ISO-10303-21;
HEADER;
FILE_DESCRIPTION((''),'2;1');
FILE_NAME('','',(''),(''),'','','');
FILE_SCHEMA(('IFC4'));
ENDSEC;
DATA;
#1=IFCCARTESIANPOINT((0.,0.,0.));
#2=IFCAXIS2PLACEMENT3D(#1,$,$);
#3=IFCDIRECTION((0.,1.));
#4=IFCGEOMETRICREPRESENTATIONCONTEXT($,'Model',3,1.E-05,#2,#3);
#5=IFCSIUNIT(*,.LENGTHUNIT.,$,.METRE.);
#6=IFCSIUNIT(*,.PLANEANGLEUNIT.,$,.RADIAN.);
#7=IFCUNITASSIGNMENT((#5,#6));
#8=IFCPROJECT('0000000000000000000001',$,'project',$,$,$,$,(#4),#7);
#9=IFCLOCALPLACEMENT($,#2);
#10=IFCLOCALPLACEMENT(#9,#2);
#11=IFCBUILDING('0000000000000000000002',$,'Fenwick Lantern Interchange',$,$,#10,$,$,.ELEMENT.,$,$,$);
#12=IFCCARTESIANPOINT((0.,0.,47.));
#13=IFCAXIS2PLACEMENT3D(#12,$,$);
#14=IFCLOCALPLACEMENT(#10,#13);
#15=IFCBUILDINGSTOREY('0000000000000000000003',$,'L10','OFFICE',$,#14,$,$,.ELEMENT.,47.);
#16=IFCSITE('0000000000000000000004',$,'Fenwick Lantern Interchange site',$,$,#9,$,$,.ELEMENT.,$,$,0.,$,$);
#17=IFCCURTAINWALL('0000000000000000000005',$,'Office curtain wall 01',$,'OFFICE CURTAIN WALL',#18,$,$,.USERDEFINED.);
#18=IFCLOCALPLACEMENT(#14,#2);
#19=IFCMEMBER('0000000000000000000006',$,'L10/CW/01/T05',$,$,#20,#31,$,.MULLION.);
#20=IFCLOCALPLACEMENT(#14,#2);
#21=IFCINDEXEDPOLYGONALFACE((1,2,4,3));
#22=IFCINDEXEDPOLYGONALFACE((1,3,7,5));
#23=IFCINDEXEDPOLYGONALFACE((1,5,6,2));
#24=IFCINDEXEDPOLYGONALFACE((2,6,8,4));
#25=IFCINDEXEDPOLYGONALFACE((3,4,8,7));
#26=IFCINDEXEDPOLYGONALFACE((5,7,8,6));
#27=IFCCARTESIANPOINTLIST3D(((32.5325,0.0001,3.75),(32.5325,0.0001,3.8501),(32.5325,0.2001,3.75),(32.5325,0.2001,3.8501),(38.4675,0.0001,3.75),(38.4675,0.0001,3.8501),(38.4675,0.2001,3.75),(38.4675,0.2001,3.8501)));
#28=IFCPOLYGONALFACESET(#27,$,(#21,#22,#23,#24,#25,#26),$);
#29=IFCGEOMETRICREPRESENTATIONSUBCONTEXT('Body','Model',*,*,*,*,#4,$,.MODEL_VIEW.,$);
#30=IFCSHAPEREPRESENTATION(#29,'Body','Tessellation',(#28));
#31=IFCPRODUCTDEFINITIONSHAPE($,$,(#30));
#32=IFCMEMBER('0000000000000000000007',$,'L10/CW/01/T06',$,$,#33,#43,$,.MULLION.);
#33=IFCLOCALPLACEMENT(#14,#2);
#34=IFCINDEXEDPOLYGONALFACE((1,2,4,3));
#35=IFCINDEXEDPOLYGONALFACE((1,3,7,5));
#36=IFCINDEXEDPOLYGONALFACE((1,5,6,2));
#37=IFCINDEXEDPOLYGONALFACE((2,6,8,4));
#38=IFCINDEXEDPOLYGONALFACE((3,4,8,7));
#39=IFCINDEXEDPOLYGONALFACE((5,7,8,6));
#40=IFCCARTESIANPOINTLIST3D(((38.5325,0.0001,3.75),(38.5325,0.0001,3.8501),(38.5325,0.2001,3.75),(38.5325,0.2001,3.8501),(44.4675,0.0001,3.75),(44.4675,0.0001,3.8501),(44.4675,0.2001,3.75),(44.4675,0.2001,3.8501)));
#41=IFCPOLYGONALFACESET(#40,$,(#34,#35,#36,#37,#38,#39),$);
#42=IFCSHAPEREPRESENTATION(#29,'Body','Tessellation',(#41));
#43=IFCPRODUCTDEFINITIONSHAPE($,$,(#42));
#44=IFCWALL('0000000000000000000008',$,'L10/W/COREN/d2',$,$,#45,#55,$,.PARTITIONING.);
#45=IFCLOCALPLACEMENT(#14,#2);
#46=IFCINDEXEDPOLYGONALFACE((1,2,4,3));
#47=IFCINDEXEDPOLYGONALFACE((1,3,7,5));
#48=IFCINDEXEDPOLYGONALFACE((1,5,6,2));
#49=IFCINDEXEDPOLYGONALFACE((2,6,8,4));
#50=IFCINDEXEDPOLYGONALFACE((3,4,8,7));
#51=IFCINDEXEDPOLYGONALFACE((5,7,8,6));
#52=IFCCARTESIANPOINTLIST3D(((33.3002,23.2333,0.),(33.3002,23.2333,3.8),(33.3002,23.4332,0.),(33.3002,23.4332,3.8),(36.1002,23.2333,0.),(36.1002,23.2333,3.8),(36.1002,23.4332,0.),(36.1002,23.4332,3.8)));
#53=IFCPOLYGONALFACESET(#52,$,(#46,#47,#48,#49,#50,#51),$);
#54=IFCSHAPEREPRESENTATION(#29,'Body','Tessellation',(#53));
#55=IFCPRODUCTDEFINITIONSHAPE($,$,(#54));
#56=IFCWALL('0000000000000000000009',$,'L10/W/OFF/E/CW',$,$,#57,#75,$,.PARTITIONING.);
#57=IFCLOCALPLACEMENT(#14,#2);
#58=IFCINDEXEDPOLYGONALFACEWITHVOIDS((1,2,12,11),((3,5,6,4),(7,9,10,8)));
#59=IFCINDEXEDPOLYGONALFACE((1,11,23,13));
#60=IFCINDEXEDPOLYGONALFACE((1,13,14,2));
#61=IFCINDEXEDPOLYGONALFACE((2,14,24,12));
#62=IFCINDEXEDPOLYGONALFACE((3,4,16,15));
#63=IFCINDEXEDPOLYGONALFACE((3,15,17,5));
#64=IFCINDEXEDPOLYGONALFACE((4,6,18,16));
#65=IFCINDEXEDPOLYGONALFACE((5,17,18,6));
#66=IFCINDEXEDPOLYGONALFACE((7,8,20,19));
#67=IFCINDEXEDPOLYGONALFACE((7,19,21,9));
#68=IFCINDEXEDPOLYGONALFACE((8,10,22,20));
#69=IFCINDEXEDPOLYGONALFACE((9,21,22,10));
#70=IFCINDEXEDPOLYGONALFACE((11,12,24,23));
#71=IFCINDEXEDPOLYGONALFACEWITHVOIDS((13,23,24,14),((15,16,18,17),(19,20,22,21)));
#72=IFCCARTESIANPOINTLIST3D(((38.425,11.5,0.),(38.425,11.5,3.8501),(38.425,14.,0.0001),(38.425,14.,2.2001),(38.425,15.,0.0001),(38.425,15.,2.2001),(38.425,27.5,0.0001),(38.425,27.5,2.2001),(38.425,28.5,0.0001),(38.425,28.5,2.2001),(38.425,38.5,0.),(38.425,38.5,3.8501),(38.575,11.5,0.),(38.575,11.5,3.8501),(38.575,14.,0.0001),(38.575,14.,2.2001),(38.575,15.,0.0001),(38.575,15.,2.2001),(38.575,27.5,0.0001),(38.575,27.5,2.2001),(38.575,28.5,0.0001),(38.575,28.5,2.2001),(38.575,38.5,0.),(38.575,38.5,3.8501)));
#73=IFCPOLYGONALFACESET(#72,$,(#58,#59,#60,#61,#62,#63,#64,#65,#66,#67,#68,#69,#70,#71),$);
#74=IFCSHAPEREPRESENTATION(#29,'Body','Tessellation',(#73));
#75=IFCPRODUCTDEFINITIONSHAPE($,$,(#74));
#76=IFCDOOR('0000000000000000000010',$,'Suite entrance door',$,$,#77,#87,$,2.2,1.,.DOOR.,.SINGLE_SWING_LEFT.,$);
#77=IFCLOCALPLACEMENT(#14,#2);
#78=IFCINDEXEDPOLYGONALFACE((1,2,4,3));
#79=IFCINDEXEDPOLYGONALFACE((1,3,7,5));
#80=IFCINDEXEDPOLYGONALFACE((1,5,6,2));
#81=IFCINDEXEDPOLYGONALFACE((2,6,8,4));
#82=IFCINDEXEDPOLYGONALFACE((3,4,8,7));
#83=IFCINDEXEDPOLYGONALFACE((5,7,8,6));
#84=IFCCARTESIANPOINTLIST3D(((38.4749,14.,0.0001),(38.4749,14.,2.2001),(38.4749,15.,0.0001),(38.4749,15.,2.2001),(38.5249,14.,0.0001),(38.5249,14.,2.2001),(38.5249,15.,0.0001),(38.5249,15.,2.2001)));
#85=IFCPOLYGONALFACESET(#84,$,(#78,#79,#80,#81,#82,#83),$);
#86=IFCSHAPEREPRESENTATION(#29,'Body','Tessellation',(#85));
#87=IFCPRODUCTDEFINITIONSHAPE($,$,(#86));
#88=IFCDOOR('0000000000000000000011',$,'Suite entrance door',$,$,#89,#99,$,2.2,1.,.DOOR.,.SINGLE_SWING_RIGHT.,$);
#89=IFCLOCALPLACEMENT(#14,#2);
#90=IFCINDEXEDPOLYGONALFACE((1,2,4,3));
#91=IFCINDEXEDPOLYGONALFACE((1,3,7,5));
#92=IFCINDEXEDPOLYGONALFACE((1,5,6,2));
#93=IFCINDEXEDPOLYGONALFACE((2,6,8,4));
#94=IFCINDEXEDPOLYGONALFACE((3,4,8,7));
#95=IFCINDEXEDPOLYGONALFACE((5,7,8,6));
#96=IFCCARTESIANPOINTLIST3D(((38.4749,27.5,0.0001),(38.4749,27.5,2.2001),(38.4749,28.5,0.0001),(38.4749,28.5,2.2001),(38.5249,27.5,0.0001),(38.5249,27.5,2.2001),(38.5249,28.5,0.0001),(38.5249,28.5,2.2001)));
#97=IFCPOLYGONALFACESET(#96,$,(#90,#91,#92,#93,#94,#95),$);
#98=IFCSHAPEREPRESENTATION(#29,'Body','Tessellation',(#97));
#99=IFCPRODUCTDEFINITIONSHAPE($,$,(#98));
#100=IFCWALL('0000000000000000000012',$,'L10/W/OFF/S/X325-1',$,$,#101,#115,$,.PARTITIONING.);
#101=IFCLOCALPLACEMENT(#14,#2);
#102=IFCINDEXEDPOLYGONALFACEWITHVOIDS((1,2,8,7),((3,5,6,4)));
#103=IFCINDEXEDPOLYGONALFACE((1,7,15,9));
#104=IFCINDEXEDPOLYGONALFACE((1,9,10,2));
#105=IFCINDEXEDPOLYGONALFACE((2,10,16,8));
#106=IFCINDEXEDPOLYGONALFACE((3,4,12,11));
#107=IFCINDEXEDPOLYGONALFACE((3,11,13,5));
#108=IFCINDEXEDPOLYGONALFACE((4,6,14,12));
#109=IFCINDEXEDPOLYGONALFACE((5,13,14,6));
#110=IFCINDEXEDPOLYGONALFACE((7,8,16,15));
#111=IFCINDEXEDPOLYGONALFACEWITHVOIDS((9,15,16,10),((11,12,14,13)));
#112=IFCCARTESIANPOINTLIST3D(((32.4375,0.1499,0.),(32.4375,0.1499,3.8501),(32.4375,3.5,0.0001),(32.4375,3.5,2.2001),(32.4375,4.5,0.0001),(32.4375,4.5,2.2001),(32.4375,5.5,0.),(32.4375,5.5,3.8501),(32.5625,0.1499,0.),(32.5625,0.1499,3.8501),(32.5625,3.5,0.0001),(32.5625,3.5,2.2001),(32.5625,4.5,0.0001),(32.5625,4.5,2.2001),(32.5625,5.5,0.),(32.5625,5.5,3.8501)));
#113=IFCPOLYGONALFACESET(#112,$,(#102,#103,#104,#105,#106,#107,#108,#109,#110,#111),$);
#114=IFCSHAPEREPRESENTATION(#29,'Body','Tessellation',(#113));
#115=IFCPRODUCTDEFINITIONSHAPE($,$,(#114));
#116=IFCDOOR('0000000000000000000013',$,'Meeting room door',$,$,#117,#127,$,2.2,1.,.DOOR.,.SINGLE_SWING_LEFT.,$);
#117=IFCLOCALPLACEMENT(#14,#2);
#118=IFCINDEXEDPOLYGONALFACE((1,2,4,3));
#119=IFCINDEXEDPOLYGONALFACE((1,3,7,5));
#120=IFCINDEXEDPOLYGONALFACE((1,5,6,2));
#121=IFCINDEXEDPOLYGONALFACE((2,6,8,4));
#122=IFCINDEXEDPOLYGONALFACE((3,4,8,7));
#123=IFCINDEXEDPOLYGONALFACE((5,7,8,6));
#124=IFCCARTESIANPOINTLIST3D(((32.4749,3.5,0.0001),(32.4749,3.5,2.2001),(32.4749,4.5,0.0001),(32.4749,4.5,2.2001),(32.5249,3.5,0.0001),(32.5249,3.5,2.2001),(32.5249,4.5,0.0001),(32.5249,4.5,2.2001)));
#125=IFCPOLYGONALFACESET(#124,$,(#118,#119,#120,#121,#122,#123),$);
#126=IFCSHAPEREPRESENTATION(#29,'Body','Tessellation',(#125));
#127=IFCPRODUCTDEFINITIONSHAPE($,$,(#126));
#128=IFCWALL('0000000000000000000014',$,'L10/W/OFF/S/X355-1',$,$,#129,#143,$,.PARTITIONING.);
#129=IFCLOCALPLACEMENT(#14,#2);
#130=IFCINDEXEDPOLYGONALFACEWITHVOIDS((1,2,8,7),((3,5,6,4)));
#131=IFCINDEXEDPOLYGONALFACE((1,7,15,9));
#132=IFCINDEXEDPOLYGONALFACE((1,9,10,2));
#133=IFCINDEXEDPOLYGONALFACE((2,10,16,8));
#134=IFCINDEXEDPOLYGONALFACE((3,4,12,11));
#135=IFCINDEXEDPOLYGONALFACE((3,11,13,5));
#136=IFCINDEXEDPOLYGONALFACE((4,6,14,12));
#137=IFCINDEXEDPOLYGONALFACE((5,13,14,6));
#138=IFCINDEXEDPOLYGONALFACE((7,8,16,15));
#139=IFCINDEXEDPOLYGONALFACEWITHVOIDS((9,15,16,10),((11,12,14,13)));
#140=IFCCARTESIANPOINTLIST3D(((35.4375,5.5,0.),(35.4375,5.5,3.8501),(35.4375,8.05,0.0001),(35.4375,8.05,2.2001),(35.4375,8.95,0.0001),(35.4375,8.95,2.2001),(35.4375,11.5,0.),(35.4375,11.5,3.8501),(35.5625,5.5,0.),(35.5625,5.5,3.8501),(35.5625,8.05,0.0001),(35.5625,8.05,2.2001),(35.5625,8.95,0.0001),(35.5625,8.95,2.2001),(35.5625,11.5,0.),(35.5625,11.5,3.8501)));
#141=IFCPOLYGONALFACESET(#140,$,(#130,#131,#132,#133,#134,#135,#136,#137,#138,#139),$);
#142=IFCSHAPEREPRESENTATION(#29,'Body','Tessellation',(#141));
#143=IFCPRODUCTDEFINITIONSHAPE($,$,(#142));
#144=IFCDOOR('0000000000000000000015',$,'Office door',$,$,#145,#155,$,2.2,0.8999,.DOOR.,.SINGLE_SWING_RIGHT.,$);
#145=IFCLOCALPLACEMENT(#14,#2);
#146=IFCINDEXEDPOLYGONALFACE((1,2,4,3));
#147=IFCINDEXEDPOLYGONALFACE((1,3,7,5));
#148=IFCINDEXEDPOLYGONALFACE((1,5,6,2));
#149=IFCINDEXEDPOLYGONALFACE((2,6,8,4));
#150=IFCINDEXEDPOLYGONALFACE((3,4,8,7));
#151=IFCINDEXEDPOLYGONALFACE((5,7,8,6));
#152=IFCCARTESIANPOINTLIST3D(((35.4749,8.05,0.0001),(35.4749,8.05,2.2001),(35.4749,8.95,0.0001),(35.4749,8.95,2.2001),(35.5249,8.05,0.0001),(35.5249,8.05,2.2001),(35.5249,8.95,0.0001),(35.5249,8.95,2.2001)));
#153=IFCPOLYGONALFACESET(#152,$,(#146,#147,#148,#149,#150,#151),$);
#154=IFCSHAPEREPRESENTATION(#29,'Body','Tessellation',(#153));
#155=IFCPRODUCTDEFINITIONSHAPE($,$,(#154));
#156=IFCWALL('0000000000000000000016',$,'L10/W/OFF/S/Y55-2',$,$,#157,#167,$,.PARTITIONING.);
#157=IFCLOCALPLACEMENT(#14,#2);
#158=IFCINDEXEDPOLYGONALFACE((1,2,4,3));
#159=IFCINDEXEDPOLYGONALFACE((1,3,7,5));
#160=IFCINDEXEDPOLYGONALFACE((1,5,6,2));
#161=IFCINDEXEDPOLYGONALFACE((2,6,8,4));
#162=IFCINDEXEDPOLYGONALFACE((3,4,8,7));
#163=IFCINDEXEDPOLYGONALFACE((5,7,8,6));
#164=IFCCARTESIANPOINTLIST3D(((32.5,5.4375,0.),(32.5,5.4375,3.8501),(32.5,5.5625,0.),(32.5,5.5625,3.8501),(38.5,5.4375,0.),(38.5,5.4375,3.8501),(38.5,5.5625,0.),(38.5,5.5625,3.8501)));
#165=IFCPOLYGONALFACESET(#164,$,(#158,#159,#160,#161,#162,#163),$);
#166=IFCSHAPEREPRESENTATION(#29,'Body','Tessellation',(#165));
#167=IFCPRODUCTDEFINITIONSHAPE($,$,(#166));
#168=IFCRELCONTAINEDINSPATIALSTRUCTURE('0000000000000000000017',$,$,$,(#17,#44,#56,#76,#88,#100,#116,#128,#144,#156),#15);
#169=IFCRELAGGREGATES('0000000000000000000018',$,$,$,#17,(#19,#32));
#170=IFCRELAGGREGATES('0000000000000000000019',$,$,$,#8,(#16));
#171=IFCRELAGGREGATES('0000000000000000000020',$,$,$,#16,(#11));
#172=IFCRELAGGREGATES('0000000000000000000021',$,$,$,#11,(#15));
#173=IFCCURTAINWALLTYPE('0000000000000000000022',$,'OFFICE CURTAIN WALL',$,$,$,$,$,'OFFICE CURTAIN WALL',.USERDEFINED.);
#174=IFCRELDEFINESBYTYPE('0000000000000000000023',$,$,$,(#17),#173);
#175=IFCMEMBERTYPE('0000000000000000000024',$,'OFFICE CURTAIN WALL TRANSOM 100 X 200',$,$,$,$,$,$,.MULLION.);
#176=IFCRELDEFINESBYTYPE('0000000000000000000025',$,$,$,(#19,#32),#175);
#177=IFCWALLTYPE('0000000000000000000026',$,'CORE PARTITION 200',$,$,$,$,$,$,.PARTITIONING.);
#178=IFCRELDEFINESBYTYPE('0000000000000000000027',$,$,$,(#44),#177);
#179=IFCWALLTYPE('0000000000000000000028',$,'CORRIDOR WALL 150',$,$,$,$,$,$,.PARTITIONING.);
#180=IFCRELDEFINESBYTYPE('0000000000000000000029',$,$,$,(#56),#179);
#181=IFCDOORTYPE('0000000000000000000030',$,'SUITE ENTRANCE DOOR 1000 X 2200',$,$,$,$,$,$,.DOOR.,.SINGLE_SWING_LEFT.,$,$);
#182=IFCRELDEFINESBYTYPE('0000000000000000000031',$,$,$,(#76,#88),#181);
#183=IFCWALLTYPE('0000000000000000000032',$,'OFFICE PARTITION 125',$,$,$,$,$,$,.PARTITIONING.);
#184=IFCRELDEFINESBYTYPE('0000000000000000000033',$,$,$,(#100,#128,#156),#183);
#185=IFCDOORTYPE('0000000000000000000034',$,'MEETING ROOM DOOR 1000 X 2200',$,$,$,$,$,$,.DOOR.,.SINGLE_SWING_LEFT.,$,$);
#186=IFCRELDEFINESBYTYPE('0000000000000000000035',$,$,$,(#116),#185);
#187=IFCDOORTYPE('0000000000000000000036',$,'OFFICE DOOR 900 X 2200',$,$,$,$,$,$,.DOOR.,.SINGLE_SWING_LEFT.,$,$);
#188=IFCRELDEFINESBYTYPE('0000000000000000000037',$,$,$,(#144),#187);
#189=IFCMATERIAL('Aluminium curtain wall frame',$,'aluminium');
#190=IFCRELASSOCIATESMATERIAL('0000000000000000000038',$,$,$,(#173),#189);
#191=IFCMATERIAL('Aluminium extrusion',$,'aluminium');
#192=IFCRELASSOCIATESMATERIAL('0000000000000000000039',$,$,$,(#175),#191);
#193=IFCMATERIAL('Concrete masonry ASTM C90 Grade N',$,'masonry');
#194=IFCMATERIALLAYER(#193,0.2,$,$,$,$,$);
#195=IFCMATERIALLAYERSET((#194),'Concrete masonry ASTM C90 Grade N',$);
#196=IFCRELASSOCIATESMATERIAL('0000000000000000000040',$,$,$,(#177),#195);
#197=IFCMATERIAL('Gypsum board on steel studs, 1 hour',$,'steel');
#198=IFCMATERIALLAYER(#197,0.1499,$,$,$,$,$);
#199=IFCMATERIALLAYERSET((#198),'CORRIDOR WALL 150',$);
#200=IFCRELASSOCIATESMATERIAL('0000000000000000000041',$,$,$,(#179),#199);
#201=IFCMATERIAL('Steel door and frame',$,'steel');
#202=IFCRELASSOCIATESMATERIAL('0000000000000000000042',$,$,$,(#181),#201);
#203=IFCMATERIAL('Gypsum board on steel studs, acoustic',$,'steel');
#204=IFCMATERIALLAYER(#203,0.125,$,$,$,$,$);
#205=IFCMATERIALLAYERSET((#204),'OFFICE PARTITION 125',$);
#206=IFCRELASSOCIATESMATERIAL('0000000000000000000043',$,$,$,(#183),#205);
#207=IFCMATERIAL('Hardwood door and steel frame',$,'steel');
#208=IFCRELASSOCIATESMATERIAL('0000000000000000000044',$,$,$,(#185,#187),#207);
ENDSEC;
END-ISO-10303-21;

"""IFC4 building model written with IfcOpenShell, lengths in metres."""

from ifc_helpers import new_model, si_unit, direction, frame, frame_2d, origin, origin_2d, place, context, subcontext, project, spatial, rectangle, extrude, material, layer, layer_set, material_profile, profile_set, type_object, element, fill, aggregate, save


model = new_model("IFC4")

# Units and contexts
model_context = context("Model", 3, precision=1e-05, world=origin(), true_north=direction((0.0, 1.0)))
body_context = subcontext(model_context, "Body", "Model", "MODEL_VIEW")
ifc_project = project(units=[si_unit("LENGTHUNIT", "METRE"), si_unit("PLANEANGLEUNIT", "RADIAN")], contexts=[model_context])

# Site, building, storey
site_placement = place(None, origin())
site = spatial("IfcSite", under=ifc_project, at=site_placement, Name="Fenwick Lantern Interchange site", CompositionType="ELEMENT", RefElevation=0.0)
building_placement = place(site_placement, origin())
building = spatial("IfcBuilding", under=site, at=building_placement, Name="Fenwick Lantern Interchange", CompositionType="ELEMENT")
storey_placement = place(building_placement, frame((0.0, 0.0, 47.0)))
storey = spatial("IfcBuildingStorey", under=building, at=storey_placement, Name="L10", Description="OFFICE", CompositionType="ELEMENT", Elevation=47.0)

# Curtain wall, members
ifc_material_1 = material(Name="Aluminium curtain wall frame", Category="aluminium")
curtain_wall_type = type_object("IfcCurtainWallType", Name="OFFICE CURTAIN WALL", ElementType="OFFICE CURTAIN WALL", PredefinedType="USERDEFINED", material=ifc_material_1)
curtain_wall_placement = place(storey_placement, origin())
curtain_wall = element("IfcCurtainWall", 1, at=curtain_wall_placement, inside=storey, type_object=curtain_wall_type, Name="Office curtain wall 01", ObjectType="OFFICE CURTAIN WALL", PredefinedType="USERDEFINED")
ifc_material_2 = material(Name="Aluminium extrusion", Category="aluminium")
ifc_material_profile_1 = material_profile(ifc_material_2, rectangle(XDim=0.2, YDim=0.1001, at=origin_2d()), Name="OFFICE CURTAIN WALL TRANSOM 100 X 200")
ifc_profile_set_1 = profile_set([ifc_material_profile_1], Name="Aluminium extrusion")
member_type_1 = type_object("IfcMemberType", Name="OFFICE CURTAIN WALL TRANSOM 100 X 200", PredefinedType="MULLION", material=ifc_profile_set_1)
member_1_placement = place(storey_placement, frame((32.5325, 0.1001, 3.8), z_axis=(1.0, 0.0, 0.0), x_axis=(0.0, 1.0, 0.0)))
member_1 = element("IfcMember", 2, at=member_1_placement, type_object=member_type_1, Name="L10/CW/01/T05", PredefinedType="MULLION", context=body_context, shape_type="SweptSolid", body=[
    extrude(rectangle(XDim=0.2, YDim=0.1001, at=origin_2d()), origin(), (0.0, 0.0, 1.0), 5.9351),
])
member_2_placement = place(storey_placement, frame((38.5325, 0.1001, 3.8), z_axis=(1.0, 0.0, 0.0), x_axis=(0.0, 1.0, 0.0)))
member_2 = element("IfcMember", 3, at=member_2_placement, type_object=member_type_1, Name="L10/CW/01/T06", PredefinedType="MULLION", context=body_context, shape_type="SweptSolid", body=[
    extrude(rectangle(XDim=0.2, YDim=0.1001, at=origin_2d()), origin(), (0.0, 0.0, 1.0), 5.9351),
])
aggregate(curtain_wall, [member_1, member_2])

# Wall
ifc_material_3 = material(Name="Concrete masonry ASTM C90 Grade N", Category="masonry")
ifc_layer_1 = layer(ifc_material_3, 0.2)
ifc_layer_set_1 = layer_set([ifc_layer_1], Name="Concrete masonry ASTM C90 Grade N")
wall_type_1 = type_object("IfcWallType", Name="CORE PARTITION 200", PredefinedType="PARTITIONING", material=ifc_layer_set_1)
wall_1_placement = place(storey_placement, frame((36.1001, 23.3333, 0.0), z_axis=(0.0, 0.0, 1.0), x_axis=(-1.0, 0.0, 0.0)))
element("IfcWall", 4, at=wall_1_placement, inside=storey, type_object=wall_type_1, Name="L10/W/COREN/d2", PredefinedType="PARTITIONING", context=body_context, shape_type="SweptSolid", body=[
    extrude(rectangle(XDim=2.8, YDim=0.2, at=frame_2d((1.3999, 0.0))), origin(), (0.0, 0.0, 1.0), 3.8),
])

# Wall, openings, doors
ifc_material_4 = material(Name="Steel door and frame", Category="steel")
ifc_material_5 = material(Name="Hardwood door and steel frame", Category="steel")
ifc_material_6 = material(Name="Gypsum board on steel studs, 1 hour", Category="steel")
ifc_layer_2 = layer(ifc_material_6, 0.1499)
ifc_layer_set_2 = layer_set([ifc_layer_2], Name="CORRIDOR WALL 150")
wall_type_2 = type_object("IfcWallType", Name="CORRIDOR WALL 150", PredefinedType="PARTITIONING", material=ifc_layer_set_2)
wall_2_placement = place(storey_placement, frame((38.5, 11.5, 0.0), z_axis=(0.0, 0.0, 1.0), x_axis=(0.0, 1.0, 0.0)))
wall_2 = element("IfcWall", 5, at=wall_2_placement, inside=storey, type_object=wall_type_2, Name="L10/W/OFF/E/CW", PredefinedType="PARTITIONING", context=body_context, shape_type="SweptSolid", body=[
    extrude(rectangle(XDim=27.0, YDim=0.1499, at=frame_2d((13.5, 0.0))), origin(), (0.0, 0.0, 1.0), 3.8501),
])
opening_1_placement = place(wall_2_placement, frame((2.5, 0.0, 0.0)))
opening_1 = element("IfcOpeningElement", 6, at=opening_1_placement, cuts=wall_2, PredefinedType="OPENING", context=body_context, shape_type="SweptSolid", body=[
    extrude(rectangle(XDim=1.0, YDim=2.2, at=frame_2d((0.5, 1.1001))), frame((0.0, 0.085, 0.0), z_axis=(0.0, -1.0, 0.0), x_axis=(1.0, 0.0, 0.0)), (0.0, 0.0, 1.0), 0.1699),
])
opening_2_placement = place(wall_2_placement, frame((16.0, 0.0, 0.0)))
opening_2 = element("IfcOpeningElement", 7, at=opening_2_placement, cuts=wall_2, PredefinedType="OPENING", context=body_context, shape_type="SweptSolid", body=[
    extrude(rectangle(XDim=1.0, YDim=2.2, at=frame_2d((0.5, 1.1001))), frame((0.0, 0.085, 0.0), z_axis=(0.0, -1.0, 0.0), x_axis=(1.0, 0.0, 0.0)), (0.0, 0.0, 1.0), 0.1699),
])
door_type_1 = type_object("IfcDoorType", Name="SUITE ENTRANCE DOOR 1000 X 2200", OperationType="SINGLE_SWING_LEFT", PredefinedType="DOOR", material=ifc_material_4)
door_1_placement = place(opening_1_placement, frame((1.0, 0.0, 0.0), z_axis=(0.0, 0.0, 1.0), x_axis=(-1.0, 0.0, 0.0)))
door_1 = element("IfcDoor", 8, at=door_1_placement, inside=storey, type_object=door_type_1, Name="Suite entrance door", OperationType="SINGLE_SWING_LEFT", OverallHeight=2.2, OverallWidth=1.0, PredefinedType="DOOR", context=body_context, shape_type="SweptSolid", body=[
    extrude(rectangle(XDim=1.0, YDim=2.2, at=frame_2d((0.5, 1.1001))), frame((0.0, 0.0249, 0.0), z_axis=(0.0, -1.0, 0.0), x_axis=(1.0, 0.0, 0.0)), (0.0, 0.0, 1.0), 0.05),
])
fill(opening_1, door_1)
door_2_placement = place(opening_2_placement, frame((1.0, 0.0, 0.0), z_axis=(0.0, 0.0, 1.0), x_axis=(-1.0, 0.0, 0.0)))
door_2 = element("IfcDoor", 9, at=door_2_placement, inside=storey, type_object=door_type_1, Name="Suite entrance door", OperationType="SINGLE_SWING_RIGHT", OverallHeight=2.2, OverallWidth=1.0, PredefinedType="DOOR", context=body_context, shape_type="SweptSolid", body=[
    extrude(rectangle(XDim=1.0, YDim=2.2, at=frame_2d((0.5, 1.1001))), frame((0.0, 0.0249, 0.0), z_axis=(0.0, -1.0, 0.0), x_axis=(1.0, 0.0, 0.0)), (0.0, 0.0, 1.0), 0.05),
])
fill(opening_2, door_2)

# Walls, openings, doors
ifc_material_7 = material(Name="Gypsum board on steel studs, acoustic", Category="steel")
ifc_layer_3 = layer(ifc_material_7, 0.125)
ifc_layer_set_3 = layer_set([ifc_layer_3], Name="OFFICE PARTITION 125")
wall_type_3 = type_object("IfcWallType", Name="OFFICE PARTITION 125", PredefinedType="PARTITIONING", material=ifc_layer_set_3)
wall_3_placement = place(storey_placement, frame((32.5, 0.1499, 0.0), z_axis=(0.0, 0.0, 1.0), x_axis=(0.0, 1.0, 0.0)))
wall_3 = element("IfcWall", 10, at=wall_3_placement, inside=storey, type_object=wall_type_3, Name="L10/W/OFF/S/X325-1", PredefinedType="PARTITIONING", context=body_context, shape_type="SweptSolid", body=[
    extrude(rectangle(XDim=5.3501, YDim=0.125, at=frame_2d((2.675, 0.0))), origin(), (0.0, 0.0, 1.0), 3.8501),
])
opening_3_placement = place(wall_3_placement, frame((3.3501, 0.0, 0.0)))
opening_3 = element("IfcOpeningElement", 11, at=opening_3_placement, cuts=wall_3, PredefinedType="OPENING", context=body_context, shape_type="SweptSolid", body=[
    extrude(rectangle(XDim=1.0, YDim=2.2, at=frame_2d((0.5, 1.1001))), frame((0.0, 0.0725, 0.0), z_axis=(0.0, -1.0, 0.0), x_axis=(1.0, 0.0, 0.0)), (0.0, 0.0, 1.0), 0.145),
])
door_type_2 = type_object("IfcDoorType", Name="MEETING ROOM DOOR 1000 X 2200", OperationType="SINGLE_SWING_LEFT", PredefinedType="DOOR", material=ifc_material_5)
door_3_placement = place(opening_3_placement, frame((1.0, 0.0, 0.0), z_axis=(0.0, 0.0, 1.0), x_axis=(-1.0, 0.0, 0.0)))
door_3 = element("IfcDoor", 12, at=door_3_placement, inside=storey, type_object=door_type_2, Name="Meeting room door", OperationType="SINGLE_SWING_LEFT", OverallHeight=2.2, OverallWidth=1.0, PredefinedType="DOOR", context=body_context, shape_type="SweptSolid", body=[
    extrude(rectangle(XDim=1.0, YDim=2.2, at=frame_2d((0.5, 1.1001))), frame((0.0, 0.0249, 0.0), z_axis=(0.0, -1.0, 0.0), x_axis=(1.0, 0.0, 0.0)), (0.0, 0.0, 1.0), 0.05),
])
fill(opening_3, door_3)
wall_4_placement = place(storey_placement, frame((35.5, 5.5, 0.0), z_axis=(0.0, 0.0, 1.0), x_axis=(0.0, 1.0, 0.0)))
wall_4 = element("IfcWall", 13, at=wall_4_placement, inside=storey, type_object=wall_type_3, Name="L10/W/OFF/S/X355-1", PredefinedType="PARTITIONING", context=body_context, shape_type="SweptSolid", body=[
    extrude(rectangle(XDim=6.0, YDim=0.125, at=frame_2d((3.0, 0.0))), origin(), (0.0, 0.0, 1.0), 3.8501),
])
opening_4_placement = place(wall_4_placement, frame((2.55, 0.0, 0.0)))
opening_4 = element("IfcOpeningElement", 14, at=opening_4_placement, cuts=wall_4, PredefinedType="OPENING", context=body_context, shape_type="SweptSolid", body=[
    extrude(rectangle(XDim=0.8999, YDim=2.2, at=frame_2d((0.45, 1.1001))), frame((0.0, 0.0725, 0.0), z_axis=(0.0, -1.0, 0.0), x_axis=(1.0, 0.0, 0.0)), (0.0, 0.0, 1.0), 0.145),
])
door_type_3 = type_object("IfcDoorType", Name="OFFICE DOOR 900 X 2200", OperationType="SINGLE_SWING_LEFT", PredefinedType="DOOR", material=ifc_material_5)
door_4_placement = place(opening_4_placement, frame((0.8999, 0.0, 0.0), z_axis=(0.0, 0.0, 1.0), x_axis=(-1.0, 0.0, 0.0)))
door_4 = element("IfcDoor", 15, at=door_4_placement, inside=storey, type_object=door_type_3, Name="Office door", OperationType="SINGLE_SWING_RIGHT", OverallHeight=2.2, OverallWidth=0.8999, PredefinedType="DOOR", context=body_context, shape_type="SweptSolid", body=[
    extrude(rectangle(XDim=0.8999, YDim=2.2, at=frame_2d((0.45, 1.1001))), frame((0.0, 0.0249, 0.0), z_axis=(0.0, -1.0, 0.0), x_axis=(1.0, 0.0, 0.0)), (0.0, 0.0, 1.0), 0.05),
])
fill(opening_4, door_4)

# Wall
wall_5_placement = place(storey_placement, frame((32.5, 5.5, 0.0), z_axis=(0.0, 0.0, 1.0), x_axis=(1.0, 0.0, 0.0)))
element("IfcWall", 16, at=wall_5_placement, inside=storey, type_object=wall_type_3, Name="L10/W/OFF/S/Y55-2", PredefinedType="PARTITIONING", context=body_context, shape_type="SweptSolid", body=[
    extrude(rectangle(XDim=6.0, YDim=0.125, at=frame_2d((3.0, 0.0))), origin(), (0.0, 0.0, 1.0), 3.8501),
])

save(model, "model.ifc")
